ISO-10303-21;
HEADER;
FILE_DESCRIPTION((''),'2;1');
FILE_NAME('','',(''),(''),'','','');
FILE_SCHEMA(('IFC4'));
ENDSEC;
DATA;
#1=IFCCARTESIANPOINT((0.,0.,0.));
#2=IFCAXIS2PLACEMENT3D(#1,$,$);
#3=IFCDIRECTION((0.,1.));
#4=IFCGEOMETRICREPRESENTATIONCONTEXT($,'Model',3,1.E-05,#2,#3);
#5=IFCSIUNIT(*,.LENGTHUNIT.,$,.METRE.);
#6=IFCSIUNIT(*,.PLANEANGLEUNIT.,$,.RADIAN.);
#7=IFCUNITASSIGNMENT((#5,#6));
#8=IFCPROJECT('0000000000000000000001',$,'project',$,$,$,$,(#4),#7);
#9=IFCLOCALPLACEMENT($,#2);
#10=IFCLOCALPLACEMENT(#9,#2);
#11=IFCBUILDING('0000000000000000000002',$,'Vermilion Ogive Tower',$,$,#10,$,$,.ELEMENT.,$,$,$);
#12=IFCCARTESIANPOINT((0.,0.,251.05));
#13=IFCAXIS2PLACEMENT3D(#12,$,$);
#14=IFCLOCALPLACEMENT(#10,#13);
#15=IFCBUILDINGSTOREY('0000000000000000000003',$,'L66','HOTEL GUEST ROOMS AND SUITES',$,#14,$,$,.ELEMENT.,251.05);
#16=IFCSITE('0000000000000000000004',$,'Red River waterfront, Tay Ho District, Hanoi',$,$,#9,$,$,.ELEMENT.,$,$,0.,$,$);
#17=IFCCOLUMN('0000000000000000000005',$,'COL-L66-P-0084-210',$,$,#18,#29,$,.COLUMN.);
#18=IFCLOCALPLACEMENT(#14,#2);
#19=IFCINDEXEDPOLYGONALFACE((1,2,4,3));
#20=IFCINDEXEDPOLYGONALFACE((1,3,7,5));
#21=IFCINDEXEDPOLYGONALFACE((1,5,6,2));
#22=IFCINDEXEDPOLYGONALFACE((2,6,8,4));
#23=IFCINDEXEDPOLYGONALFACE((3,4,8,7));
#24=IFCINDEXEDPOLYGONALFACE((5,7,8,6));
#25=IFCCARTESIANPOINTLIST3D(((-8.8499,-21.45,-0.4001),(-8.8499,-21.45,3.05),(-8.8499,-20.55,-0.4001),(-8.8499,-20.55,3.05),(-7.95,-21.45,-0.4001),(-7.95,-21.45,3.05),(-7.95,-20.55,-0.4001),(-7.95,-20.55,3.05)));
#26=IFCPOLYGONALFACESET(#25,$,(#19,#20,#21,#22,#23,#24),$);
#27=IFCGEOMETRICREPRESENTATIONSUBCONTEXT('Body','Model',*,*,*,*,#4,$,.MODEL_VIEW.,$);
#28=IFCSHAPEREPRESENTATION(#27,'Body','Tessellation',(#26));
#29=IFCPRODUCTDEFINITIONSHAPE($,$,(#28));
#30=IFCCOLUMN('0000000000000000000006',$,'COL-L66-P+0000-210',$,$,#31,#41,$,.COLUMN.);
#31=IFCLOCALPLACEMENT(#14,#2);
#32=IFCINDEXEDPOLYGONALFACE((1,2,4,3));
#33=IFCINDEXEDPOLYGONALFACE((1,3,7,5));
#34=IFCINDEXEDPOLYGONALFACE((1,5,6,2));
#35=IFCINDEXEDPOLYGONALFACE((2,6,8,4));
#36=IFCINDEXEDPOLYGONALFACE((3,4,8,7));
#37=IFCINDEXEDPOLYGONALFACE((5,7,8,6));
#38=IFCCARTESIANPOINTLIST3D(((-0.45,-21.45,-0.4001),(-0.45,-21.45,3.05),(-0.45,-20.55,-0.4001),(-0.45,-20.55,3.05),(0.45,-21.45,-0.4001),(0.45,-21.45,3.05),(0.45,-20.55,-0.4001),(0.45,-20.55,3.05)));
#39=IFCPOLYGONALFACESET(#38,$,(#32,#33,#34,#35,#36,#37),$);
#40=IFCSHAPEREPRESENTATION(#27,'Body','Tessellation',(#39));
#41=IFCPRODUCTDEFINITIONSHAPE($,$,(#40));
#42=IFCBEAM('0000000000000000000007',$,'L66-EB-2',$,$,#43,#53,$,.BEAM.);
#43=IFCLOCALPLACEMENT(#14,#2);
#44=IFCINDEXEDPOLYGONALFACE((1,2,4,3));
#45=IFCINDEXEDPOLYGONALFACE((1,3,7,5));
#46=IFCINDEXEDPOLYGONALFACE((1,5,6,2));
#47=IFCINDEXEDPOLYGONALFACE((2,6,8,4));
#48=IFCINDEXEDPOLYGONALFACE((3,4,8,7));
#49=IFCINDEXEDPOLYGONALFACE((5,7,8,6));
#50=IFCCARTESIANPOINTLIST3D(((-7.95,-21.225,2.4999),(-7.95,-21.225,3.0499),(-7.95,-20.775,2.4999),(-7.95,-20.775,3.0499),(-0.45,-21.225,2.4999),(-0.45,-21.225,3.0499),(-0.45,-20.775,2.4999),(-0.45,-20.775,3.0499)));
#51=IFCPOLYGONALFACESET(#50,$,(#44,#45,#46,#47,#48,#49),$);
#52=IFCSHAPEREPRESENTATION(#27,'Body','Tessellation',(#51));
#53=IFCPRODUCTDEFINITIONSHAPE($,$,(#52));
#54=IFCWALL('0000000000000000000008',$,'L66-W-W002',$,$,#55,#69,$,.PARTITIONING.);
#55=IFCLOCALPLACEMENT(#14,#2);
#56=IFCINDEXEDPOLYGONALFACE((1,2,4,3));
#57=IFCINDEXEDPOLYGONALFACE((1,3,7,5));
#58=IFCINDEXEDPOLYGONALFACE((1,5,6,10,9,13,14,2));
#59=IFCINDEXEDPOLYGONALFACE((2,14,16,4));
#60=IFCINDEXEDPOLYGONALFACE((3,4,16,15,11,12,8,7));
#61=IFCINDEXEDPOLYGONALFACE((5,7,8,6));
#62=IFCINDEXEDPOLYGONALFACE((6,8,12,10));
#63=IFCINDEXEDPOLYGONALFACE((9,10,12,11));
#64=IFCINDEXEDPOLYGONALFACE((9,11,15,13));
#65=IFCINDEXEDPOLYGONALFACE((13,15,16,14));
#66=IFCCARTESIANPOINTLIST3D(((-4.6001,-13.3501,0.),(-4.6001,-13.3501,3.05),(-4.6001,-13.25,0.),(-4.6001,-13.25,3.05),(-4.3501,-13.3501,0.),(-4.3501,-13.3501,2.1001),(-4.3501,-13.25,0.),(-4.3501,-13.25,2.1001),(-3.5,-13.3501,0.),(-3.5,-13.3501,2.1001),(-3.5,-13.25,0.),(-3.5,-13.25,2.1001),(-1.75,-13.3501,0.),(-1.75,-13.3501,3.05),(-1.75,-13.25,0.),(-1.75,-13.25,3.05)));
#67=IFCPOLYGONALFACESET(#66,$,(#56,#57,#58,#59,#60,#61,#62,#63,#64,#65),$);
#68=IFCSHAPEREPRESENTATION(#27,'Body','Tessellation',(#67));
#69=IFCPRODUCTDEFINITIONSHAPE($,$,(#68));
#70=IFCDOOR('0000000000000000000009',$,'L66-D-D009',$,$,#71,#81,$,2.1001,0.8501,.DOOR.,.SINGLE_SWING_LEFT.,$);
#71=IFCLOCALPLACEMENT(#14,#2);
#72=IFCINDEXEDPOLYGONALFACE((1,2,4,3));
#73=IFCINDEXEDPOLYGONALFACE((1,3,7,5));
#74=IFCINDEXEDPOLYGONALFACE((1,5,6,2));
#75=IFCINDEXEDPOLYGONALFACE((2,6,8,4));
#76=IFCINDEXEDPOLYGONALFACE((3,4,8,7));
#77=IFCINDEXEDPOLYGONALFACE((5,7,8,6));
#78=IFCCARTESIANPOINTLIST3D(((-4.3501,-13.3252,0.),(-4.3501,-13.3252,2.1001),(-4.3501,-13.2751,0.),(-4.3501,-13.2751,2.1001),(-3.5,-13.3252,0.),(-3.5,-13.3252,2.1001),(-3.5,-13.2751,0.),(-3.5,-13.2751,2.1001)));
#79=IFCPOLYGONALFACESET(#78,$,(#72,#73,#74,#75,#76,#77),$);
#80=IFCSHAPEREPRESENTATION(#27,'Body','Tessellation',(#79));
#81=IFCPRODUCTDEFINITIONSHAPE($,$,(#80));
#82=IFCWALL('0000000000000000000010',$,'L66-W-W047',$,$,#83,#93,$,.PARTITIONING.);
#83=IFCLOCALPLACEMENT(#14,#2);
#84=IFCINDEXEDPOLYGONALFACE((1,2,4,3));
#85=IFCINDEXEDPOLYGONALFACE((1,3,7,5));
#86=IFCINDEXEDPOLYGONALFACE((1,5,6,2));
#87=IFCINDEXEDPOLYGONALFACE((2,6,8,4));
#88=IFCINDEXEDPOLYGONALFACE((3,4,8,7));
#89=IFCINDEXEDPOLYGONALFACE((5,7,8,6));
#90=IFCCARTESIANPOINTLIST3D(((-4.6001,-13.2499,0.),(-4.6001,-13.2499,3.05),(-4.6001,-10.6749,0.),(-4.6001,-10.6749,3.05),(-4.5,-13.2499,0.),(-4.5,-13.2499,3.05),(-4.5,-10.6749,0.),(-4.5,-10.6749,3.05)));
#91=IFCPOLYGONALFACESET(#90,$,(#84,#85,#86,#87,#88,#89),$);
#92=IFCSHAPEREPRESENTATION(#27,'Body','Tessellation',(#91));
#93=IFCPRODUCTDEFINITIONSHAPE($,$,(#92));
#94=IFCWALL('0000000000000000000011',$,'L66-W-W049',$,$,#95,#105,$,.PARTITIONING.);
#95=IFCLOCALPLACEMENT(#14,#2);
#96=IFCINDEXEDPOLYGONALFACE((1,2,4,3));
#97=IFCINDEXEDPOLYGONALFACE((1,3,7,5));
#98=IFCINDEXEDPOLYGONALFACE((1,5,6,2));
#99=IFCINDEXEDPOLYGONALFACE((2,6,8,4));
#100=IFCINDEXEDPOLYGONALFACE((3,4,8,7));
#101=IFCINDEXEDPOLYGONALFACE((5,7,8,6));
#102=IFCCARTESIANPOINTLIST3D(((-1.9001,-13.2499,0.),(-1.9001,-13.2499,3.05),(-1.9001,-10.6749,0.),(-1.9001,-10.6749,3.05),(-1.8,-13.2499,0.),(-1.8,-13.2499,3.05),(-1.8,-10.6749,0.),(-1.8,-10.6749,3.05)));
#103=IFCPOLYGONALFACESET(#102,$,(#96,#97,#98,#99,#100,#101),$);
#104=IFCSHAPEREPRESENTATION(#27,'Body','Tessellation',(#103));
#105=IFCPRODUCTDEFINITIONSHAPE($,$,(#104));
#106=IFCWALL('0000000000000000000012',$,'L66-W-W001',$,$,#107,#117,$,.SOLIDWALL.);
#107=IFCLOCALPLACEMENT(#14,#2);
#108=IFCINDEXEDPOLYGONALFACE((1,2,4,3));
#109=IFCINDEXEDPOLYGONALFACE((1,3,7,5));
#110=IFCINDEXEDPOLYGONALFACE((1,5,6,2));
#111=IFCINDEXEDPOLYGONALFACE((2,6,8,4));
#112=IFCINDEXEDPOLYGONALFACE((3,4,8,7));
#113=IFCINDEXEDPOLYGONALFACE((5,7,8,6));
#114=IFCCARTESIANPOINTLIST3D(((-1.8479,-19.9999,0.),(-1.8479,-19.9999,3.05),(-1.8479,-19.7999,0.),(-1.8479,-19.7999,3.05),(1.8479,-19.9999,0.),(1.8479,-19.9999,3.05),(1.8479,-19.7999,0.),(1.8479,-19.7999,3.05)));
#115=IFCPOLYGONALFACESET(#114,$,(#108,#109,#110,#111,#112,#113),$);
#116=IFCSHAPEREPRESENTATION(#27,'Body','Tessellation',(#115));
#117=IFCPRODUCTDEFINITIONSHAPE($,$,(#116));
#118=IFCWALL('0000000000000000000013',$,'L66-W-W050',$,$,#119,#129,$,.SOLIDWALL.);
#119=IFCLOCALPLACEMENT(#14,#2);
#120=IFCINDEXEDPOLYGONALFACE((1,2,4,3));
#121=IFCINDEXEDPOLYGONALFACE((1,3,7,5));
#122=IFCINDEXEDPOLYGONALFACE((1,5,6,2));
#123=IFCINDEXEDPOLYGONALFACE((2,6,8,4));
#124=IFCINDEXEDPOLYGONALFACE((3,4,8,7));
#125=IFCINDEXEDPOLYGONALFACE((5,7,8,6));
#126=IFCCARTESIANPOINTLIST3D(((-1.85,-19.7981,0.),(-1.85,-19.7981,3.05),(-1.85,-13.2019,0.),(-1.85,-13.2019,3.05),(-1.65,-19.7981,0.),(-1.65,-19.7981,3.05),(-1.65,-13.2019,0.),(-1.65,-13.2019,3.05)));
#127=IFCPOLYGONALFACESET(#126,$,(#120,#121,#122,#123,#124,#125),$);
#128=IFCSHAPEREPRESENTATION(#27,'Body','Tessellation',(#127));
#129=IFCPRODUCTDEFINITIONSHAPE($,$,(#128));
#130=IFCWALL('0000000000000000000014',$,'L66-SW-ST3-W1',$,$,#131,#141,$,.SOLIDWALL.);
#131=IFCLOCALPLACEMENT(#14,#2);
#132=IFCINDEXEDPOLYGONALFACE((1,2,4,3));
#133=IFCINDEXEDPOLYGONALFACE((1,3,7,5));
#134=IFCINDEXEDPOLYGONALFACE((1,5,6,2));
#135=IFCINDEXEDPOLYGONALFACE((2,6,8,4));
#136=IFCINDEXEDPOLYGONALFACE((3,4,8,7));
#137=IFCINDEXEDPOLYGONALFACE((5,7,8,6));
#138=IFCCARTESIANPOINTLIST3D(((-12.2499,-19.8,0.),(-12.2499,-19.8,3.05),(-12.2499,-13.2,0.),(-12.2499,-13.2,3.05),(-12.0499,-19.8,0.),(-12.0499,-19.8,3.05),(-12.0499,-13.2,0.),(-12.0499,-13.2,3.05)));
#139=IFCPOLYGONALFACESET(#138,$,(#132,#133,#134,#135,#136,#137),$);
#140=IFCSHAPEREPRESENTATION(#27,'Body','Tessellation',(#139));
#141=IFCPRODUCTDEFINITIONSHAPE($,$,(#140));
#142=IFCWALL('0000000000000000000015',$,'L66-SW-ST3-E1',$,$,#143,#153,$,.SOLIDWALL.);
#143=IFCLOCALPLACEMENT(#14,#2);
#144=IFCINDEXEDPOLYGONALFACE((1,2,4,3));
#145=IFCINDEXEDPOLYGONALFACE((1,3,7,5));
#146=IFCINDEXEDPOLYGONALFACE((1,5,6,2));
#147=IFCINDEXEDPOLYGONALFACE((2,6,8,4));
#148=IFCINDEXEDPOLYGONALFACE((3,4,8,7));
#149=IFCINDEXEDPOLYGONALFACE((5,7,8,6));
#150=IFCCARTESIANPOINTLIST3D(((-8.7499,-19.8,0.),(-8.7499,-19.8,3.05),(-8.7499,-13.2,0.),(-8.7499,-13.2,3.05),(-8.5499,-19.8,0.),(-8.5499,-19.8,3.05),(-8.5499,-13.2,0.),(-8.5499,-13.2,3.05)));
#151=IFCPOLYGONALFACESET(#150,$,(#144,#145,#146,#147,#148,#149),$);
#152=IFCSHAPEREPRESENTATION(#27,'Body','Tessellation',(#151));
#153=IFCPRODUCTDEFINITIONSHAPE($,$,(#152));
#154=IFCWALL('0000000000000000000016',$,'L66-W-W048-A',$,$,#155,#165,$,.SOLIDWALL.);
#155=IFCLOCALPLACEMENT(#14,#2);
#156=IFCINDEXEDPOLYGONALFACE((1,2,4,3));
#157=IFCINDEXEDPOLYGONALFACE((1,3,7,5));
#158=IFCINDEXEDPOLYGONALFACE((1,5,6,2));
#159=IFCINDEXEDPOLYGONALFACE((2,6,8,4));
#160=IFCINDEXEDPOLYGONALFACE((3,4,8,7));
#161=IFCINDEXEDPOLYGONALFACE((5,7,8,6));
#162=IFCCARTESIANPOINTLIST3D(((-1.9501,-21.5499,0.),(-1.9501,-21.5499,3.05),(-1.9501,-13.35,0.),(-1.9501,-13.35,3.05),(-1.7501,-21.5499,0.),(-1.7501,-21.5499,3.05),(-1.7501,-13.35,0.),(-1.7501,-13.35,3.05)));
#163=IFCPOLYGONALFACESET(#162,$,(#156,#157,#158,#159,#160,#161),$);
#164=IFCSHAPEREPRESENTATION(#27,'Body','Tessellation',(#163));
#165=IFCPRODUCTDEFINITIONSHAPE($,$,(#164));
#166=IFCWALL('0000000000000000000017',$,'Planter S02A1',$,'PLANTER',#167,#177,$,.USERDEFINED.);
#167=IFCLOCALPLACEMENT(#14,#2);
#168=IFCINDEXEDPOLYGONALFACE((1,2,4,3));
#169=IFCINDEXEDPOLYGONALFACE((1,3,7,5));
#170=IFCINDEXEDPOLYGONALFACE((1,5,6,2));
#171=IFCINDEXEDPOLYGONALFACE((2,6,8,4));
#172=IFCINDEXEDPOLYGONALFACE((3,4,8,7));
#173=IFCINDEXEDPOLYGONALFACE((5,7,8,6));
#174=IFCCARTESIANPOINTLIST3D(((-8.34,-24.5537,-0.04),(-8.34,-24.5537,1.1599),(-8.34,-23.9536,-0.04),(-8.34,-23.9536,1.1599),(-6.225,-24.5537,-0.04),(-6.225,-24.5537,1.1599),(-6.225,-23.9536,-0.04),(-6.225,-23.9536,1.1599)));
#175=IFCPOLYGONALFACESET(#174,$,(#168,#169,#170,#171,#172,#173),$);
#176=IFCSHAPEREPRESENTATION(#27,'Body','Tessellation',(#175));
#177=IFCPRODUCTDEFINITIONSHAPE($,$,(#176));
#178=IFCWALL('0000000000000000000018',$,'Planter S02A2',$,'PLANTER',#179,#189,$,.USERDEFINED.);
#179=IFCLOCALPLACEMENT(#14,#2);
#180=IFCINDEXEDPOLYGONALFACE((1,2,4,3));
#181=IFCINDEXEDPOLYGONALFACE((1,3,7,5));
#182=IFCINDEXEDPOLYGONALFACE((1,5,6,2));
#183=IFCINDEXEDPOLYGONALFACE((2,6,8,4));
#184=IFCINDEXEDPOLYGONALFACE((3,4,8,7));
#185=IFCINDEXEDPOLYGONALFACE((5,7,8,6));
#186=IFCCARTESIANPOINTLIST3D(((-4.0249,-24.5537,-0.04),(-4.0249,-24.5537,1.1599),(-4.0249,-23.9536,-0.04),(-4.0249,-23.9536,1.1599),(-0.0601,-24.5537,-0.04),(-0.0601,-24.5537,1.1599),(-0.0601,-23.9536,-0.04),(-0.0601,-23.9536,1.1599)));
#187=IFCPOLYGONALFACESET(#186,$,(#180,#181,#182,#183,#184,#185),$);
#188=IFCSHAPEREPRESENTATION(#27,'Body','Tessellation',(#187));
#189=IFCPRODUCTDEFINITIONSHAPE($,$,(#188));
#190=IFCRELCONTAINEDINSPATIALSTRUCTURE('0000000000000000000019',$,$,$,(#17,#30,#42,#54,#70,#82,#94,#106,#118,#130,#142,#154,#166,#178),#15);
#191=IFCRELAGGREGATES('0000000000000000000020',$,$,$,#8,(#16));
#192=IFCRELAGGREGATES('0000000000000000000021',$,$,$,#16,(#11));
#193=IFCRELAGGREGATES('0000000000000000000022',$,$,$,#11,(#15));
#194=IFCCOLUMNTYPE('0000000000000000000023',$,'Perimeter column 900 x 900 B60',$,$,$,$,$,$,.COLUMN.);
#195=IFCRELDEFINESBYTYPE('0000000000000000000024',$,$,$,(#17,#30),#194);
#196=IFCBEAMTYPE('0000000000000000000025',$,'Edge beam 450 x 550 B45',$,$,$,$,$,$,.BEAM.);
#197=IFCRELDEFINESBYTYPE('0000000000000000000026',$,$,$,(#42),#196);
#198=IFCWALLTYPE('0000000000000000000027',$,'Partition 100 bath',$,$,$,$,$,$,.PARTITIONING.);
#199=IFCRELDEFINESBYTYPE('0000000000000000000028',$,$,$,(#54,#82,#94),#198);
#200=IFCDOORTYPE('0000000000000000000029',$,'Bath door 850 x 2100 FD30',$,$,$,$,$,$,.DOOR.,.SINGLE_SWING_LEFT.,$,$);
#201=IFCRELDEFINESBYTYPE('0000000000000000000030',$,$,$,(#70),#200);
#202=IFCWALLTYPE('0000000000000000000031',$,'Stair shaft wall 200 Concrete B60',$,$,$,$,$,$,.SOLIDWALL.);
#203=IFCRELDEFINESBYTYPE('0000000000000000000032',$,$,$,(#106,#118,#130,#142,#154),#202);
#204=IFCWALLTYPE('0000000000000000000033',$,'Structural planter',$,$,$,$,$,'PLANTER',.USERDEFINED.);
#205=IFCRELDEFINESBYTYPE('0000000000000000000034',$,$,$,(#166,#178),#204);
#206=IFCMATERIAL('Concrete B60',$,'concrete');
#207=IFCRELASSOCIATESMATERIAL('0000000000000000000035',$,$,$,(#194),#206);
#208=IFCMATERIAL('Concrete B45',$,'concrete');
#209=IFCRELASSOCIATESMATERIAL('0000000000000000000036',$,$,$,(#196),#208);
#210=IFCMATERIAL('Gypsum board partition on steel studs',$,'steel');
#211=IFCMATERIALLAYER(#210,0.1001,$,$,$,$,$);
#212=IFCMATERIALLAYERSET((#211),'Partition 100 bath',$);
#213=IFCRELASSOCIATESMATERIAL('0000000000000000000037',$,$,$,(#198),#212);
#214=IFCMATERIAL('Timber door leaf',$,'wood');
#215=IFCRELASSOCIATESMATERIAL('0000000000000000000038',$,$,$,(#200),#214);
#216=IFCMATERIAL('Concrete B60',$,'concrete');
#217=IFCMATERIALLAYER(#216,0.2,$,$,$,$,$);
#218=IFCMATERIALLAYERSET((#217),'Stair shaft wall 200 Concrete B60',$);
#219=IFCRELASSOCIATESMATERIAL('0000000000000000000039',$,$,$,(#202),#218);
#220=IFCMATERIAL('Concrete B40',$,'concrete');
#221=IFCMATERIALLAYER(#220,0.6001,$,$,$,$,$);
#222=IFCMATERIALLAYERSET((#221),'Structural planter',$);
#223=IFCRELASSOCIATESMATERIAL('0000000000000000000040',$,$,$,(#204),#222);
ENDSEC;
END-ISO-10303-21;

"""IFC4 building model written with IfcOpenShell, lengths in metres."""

from ifc_helpers import new_model, si_unit, direction, frame, frame_2d, origin, origin_2d, place, context, subcontext, project, spatial, rectangle, extrude, material, layer, layer_set, material_profile, profile_set, type_object, element, fill, save


model = new_model("IFC4")

# Units and contexts
model_context = context("Model", 3, precision=1e-05, world=origin(), true_north=direction((0.0, 1.0)))
body_context = subcontext(model_context, "Body", "Model", "MODEL_VIEW")
ifc_project = project(units=[si_unit("LENGTHUNIT", "METRE"), si_unit("PLANEANGLEUNIT", "RADIAN")], contexts=[model_context])

# Site, building, storey
site_placement = place(None, origin())
site = spatial("IfcSite", under=ifc_project, at=site_placement, Name="Red River waterfront, Tay Ho District, Hanoi", CompositionType="ELEMENT", RefElevation=0.0)
building_placement = place(site_placement, origin())
building = spatial("IfcBuilding", under=site, at=building_placement, Name="Vermilion Ogive Tower", CompositionType="ELEMENT")
storey_placement = place(building_placement, frame((0.0, 0.0, 251.05)))
storey = spatial("IfcBuildingStorey", under=building, at=storey_placement, Name="L66", Description="HOTEL GUEST ROOMS AND SUITES", CompositionType="ELEMENT", Elevation=251.05)

# Columns
ifc_material_1 = material(Name="Concrete B60", Category="concrete")
ifc_material_profile_1 = material_profile(ifc_material_1, rectangle(XDim=0.8999, YDim=0.8999, at=origin_2d()), Name="900 x 900")
ifc_profile_set_1 = profile_set([ifc_material_profile_1], Name="Concrete B60")
column_type = type_object("IfcColumnType", Name="Perimeter column 900 x 900 B60", PredefinedType="COLUMN", material=ifc_profile_set_1)
for number, where, z_axis, x_axis, name in (
    (1, (-8.3999, -21.0, -0.4001), (0.0, 0.0, 1.0), (1.0, 0.0, 0.0), "COL-L66-P-0084-210"),
    (2, (0.0, -21.0, -0.4001), (0.0, 0.0, 1.0), (1.0, 0.0, 0.0), "COL-L66-P+0000-210"),
):
    element("IfcColumn", number, at=place(storey_placement, frame(where, z_axis=z_axis, x_axis=x_axis)), inside=storey, type_object=column_type, Name=name, PredefinedType="COLUMN", context=body_context, shape_type="SweptSolid", body=[
        extrude(rectangle(XDim=0.8999, YDim=0.8999, at=origin_2d()), origin(), (0.0, 0.0, 1.0), 3.4502),
    ])

# Beam
ifc_material_2 = material(Name="Concrete B45", Category="concrete")
ifc_material_profile_2 = material_profile(ifc_material_2, rectangle(XDim=0.45, YDim=0.55, at=origin_2d()), Name="450 x 550")
ifc_profile_set_2 = profile_set([ifc_material_profile_2], Name="Concrete B45")
beam_type = type_object("IfcBeamType", Name="Edge beam 450 x 550 B45", PredefinedType="BEAM", material=ifc_profile_set_2)
beam_placement = place(storey_placement, frame((-7.95, -21.0, 2.7749), z_axis=(1.0, 0.0, 0.0), x_axis=(0.0, 1.0, 0.0)))
element("IfcBeam", 3, at=beam_placement, inside=storey, type_object=beam_type, Name="L66-EB-2", PredefinedType="BEAM", context=body_context, shape_type="SweptSolid", body=[
    extrude(rectangle(XDim=0.45, YDim=0.55, at=origin_2d()), origin(), (0.0, 0.0, 1.0), 7.5),
])

# Wall, opening, door
ifc_material_3 = material(Name="Gypsum board partition on steel studs", Category="steel")
ifc_layer_1 = layer(ifc_material_3, 0.1001)
ifc_layer_set_1 = layer_set([ifc_layer_1], Name="Partition 100 bath")
wall_type_1 = type_object("IfcWallType", Name="Partition 100 bath", PredefinedType="PARTITIONING", material=ifc_layer_set_1)
wall_1_placement = place(storey_placement, frame((-4.6001, -13.3, 0.0), z_axis=(0.0, 0.0, 1.0), x_axis=(1.0, 0.0, 0.0)))
wall_1 = element("IfcWall", 4, at=wall_1_placement, inside=storey, type_object=wall_type_1, Name="L66-W-W002", PredefinedType="PARTITIONING", context=body_context, shape_type="SweptSolid", body=[
    extrude(rectangle(XDim=2.8501, YDim=0.1001, at=frame_2d((1.425, 0.0))), origin(), (0.0, 0.0, 1.0), 3.05),
])
opening_1_placement = place(wall_1_placement, frame((0.25, 0.0, 0.0)))
opening_1 = element("IfcOpeningElement", 5, at=opening_1_placement, cuts=wall_1, PredefinedType="OPENING", context=body_context, shape_type="SweptSolid", body=[
    extrude(rectangle(XDim=0.8501, YDim=2.1001, at=frame_2d((0.425, 1.05))), frame((0.0, 0.0601, 0.0), z_axis=(0.0, -1.0, 0.0), x_axis=(1.0, 0.0, 0.0)), (0.0, 0.0, 1.0), 0.1201),
])
ifc_material_4 = material(Name="Timber door leaf", Category="wood")
door_type_1 = type_object("IfcDoorType", Name="Bath door 850 x 2100 FD30", OperationType="SINGLE_SWING_LEFT", PredefinedType="DOOR", material=ifc_material_4)
door_1_placement = place(opening_1_placement, origin())
door_1 = element("IfcDoor", 6, at=door_1_placement, inside=storey, type_object=door_type_1, Name="L66-D-D009", OperationType="SINGLE_SWING_LEFT", OverallHeight=2.1001, OverallWidth=0.8501, PredefinedType="DOOR", context=body_context, shape_type="SweptSolid", body=[
    extrude(rectangle(XDim=0.8501, YDim=2.1001, at=frame_2d((0.425, 1.05))), frame((0.0, 0.0249, 0.0), z_axis=(0.0, -1.0, 0.0), x_axis=(1.0, 0.0, 0.0)), (0.0, 0.0, 1.0), 0.05),
])
fill(opening_1, door_1)

# Walls
for number, where, z_axis, x_axis, name in (
    (7, (-4.55, -13.25, 0.0), (0.0, 0.0, 1.0), (0.0, 1.0, 0.0), "L66-W-W047"),
    (8, (-1.8501, -13.25, 0.0), (0.0, 0.0, 1.0), (0.0, 1.0, 0.0), "L66-W-W049"),
):
    element("IfcWall", number, at=place(storey_placement, frame(where, z_axis=z_axis, x_axis=x_axis)), inside=storey, type_object=wall_type_1, Name=name, PredefinedType="PARTITIONING", context=body_context, shape_type="SweptSolid", body=[
        extrude(rectangle(XDim=2.575, YDim=0.1001, at=frame_2d((1.2876, 0.0))), origin(), (0.0, 0.0, 1.0), 3.05),
    ])
ifc_material_5 = material(Name="Concrete B60", Category="concrete")
ifc_layer_2 = layer(ifc_material_5, 0.2)
ifc_layer_set_2 = layer_set([ifc_layer_2], Name="Stair shaft wall 200 Concrete B60")
wall_type_2 = type_object("IfcWallType", Name="Stair shaft wall 200 Concrete B60", PredefinedType="SOLIDWALL", material=ifc_layer_set_2)
wall_2_placement = place(storey_placement, frame((-1.8479, -19.8999, 0.0), z_axis=(0.0, 0.0, 1.0), x_axis=(1.0, 0.0, 0.0)))
element("IfcWall", 9, at=wall_2_placement, inside=storey, type_object=wall_type_2, Name="L66-W-W001", PredefinedType="SOLIDWALL", context=body_context, shape_type="SweptSolid", body=[
    extrude(rectangle(XDim=3.6958, YDim=0.2, at=frame_2d((1.8479, 0.0))), origin(), (0.0, 0.0, 1.0), 3.05),
])
wall_3_placement = place(storey_placement, frame((-1.75, -19.7981, 0.0), z_axis=(0.0, 0.0, 1.0), x_axis=(0.0, 1.0, 0.0)))
element("IfcWall", 10, at=wall_3_placement, inside=storey, type_object=wall_type_2, Name="L66-W-W050", PredefinedType="SOLIDWALL", context=body_context, shape_type="SweptSolid", body=[
    extrude(rectangle(XDim=6.5962, YDim=0.2, at=frame_2d((3.2981, 0.0))), origin(), (0.0, 0.0, 1.0), 3.05),
])
for number, where, z_axis, x_axis, name in (
    (11, (-12.1499, -19.8, 0.0), (0.0, 0.0, 1.0), (0.0, 1.0, 0.0), "L66-SW-ST3-W1"),
    (12, (-8.6499, -19.8, 0.0), (0.0, 0.0, 1.0), (0.0, 1.0, 0.0), "L66-SW-ST3-E1"),
):
    element("IfcWall", number, at=place(storey_placement, frame(where, z_axis=z_axis, x_axis=x_axis)), inside=storey, type_object=wall_type_2, Name=name, PredefinedType="SOLIDWALL", context=body_context, shape_type="SweptSolid", body=[
        extrude(rectangle(XDim=6.6001, YDim=0.2, at=frame_2d((3.3, 0.0))), origin(), (0.0, 0.0, 1.0), 3.05),
    ])
wall_4_placement = place(storey_placement, frame((-1.8501, -21.55, 0.0), z_axis=(0.0, 0.0, 1.0), x_axis=(0.0, 1.0, 0.0)))
element("IfcWall", 13, at=wall_4_placement, inside=storey, type_object=wall_type_2, Name="L66-W-W048-A", PredefinedType="SOLIDWALL", context=body_context, shape_type="SweptSolid", body=[
    extrude(rectangle(XDim=8.2, YDim=0.2, at=frame_2d((4.1001, 0.0))), origin(), (0.0, 0.0, 1.0), 3.05),
])
ifc_material_6 = material(Name="Concrete B40", Category="concrete")
ifc_layer_3 = layer(ifc_material_6, 0.6001)
ifc_layer_set_3 = layer_set([ifc_layer_3], Name="Structural planter")
wall_type_3 = type_object("IfcWallType", Name="Structural planter", ElementType="PLANTER", PredefinedType="USERDEFINED", material=ifc_layer_set_3)
wall_5_placement = place(storey_placement, frame((-8.3401, -24.2537, -0.04), z_axis=(0.0, 0.0, 1.0), x_axis=(1.0, 0.0, 0.0)))
element("IfcWall", 14, at=wall_5_placement, inside=storey, type_object=wall_type_3, Name="Planter S02A1", ObjectType="PLANTER", PredefinedType="USERDEFINED", context=body_context, shape_type="SweptSolid", body=[
    extrude(rectangle(XDim=2.115, YDim=0.6001, at=frame_2d((1.0576, 0.0))), origin(), (0.0, 0.0, 1.0), 1.2),
])
wall_6_placement = place(storey_placement, frame((-4.0249, -24.2537, -0.04), z_axis=(0.0, 0.0, 1.0), x_axis=(1.0, 0.0, 0.0)))
element("IfcWall", 15, at=wall_6_placement, inside=storey, type_object=wall_type_3, Name="Planter S02A2", ObjectType="PLANTER", PredefinedType="USERDEFINED", context=body_context, shape_type="SweptSolid", body=[
    extrude(rectangle(XDim=3.9648, YDim=0.6001, at=frame_2d((1.9824, 0.0))), origin(), (0.0, 0.0, 1.0), 1.2),
])

save(model, "model.ifc")
